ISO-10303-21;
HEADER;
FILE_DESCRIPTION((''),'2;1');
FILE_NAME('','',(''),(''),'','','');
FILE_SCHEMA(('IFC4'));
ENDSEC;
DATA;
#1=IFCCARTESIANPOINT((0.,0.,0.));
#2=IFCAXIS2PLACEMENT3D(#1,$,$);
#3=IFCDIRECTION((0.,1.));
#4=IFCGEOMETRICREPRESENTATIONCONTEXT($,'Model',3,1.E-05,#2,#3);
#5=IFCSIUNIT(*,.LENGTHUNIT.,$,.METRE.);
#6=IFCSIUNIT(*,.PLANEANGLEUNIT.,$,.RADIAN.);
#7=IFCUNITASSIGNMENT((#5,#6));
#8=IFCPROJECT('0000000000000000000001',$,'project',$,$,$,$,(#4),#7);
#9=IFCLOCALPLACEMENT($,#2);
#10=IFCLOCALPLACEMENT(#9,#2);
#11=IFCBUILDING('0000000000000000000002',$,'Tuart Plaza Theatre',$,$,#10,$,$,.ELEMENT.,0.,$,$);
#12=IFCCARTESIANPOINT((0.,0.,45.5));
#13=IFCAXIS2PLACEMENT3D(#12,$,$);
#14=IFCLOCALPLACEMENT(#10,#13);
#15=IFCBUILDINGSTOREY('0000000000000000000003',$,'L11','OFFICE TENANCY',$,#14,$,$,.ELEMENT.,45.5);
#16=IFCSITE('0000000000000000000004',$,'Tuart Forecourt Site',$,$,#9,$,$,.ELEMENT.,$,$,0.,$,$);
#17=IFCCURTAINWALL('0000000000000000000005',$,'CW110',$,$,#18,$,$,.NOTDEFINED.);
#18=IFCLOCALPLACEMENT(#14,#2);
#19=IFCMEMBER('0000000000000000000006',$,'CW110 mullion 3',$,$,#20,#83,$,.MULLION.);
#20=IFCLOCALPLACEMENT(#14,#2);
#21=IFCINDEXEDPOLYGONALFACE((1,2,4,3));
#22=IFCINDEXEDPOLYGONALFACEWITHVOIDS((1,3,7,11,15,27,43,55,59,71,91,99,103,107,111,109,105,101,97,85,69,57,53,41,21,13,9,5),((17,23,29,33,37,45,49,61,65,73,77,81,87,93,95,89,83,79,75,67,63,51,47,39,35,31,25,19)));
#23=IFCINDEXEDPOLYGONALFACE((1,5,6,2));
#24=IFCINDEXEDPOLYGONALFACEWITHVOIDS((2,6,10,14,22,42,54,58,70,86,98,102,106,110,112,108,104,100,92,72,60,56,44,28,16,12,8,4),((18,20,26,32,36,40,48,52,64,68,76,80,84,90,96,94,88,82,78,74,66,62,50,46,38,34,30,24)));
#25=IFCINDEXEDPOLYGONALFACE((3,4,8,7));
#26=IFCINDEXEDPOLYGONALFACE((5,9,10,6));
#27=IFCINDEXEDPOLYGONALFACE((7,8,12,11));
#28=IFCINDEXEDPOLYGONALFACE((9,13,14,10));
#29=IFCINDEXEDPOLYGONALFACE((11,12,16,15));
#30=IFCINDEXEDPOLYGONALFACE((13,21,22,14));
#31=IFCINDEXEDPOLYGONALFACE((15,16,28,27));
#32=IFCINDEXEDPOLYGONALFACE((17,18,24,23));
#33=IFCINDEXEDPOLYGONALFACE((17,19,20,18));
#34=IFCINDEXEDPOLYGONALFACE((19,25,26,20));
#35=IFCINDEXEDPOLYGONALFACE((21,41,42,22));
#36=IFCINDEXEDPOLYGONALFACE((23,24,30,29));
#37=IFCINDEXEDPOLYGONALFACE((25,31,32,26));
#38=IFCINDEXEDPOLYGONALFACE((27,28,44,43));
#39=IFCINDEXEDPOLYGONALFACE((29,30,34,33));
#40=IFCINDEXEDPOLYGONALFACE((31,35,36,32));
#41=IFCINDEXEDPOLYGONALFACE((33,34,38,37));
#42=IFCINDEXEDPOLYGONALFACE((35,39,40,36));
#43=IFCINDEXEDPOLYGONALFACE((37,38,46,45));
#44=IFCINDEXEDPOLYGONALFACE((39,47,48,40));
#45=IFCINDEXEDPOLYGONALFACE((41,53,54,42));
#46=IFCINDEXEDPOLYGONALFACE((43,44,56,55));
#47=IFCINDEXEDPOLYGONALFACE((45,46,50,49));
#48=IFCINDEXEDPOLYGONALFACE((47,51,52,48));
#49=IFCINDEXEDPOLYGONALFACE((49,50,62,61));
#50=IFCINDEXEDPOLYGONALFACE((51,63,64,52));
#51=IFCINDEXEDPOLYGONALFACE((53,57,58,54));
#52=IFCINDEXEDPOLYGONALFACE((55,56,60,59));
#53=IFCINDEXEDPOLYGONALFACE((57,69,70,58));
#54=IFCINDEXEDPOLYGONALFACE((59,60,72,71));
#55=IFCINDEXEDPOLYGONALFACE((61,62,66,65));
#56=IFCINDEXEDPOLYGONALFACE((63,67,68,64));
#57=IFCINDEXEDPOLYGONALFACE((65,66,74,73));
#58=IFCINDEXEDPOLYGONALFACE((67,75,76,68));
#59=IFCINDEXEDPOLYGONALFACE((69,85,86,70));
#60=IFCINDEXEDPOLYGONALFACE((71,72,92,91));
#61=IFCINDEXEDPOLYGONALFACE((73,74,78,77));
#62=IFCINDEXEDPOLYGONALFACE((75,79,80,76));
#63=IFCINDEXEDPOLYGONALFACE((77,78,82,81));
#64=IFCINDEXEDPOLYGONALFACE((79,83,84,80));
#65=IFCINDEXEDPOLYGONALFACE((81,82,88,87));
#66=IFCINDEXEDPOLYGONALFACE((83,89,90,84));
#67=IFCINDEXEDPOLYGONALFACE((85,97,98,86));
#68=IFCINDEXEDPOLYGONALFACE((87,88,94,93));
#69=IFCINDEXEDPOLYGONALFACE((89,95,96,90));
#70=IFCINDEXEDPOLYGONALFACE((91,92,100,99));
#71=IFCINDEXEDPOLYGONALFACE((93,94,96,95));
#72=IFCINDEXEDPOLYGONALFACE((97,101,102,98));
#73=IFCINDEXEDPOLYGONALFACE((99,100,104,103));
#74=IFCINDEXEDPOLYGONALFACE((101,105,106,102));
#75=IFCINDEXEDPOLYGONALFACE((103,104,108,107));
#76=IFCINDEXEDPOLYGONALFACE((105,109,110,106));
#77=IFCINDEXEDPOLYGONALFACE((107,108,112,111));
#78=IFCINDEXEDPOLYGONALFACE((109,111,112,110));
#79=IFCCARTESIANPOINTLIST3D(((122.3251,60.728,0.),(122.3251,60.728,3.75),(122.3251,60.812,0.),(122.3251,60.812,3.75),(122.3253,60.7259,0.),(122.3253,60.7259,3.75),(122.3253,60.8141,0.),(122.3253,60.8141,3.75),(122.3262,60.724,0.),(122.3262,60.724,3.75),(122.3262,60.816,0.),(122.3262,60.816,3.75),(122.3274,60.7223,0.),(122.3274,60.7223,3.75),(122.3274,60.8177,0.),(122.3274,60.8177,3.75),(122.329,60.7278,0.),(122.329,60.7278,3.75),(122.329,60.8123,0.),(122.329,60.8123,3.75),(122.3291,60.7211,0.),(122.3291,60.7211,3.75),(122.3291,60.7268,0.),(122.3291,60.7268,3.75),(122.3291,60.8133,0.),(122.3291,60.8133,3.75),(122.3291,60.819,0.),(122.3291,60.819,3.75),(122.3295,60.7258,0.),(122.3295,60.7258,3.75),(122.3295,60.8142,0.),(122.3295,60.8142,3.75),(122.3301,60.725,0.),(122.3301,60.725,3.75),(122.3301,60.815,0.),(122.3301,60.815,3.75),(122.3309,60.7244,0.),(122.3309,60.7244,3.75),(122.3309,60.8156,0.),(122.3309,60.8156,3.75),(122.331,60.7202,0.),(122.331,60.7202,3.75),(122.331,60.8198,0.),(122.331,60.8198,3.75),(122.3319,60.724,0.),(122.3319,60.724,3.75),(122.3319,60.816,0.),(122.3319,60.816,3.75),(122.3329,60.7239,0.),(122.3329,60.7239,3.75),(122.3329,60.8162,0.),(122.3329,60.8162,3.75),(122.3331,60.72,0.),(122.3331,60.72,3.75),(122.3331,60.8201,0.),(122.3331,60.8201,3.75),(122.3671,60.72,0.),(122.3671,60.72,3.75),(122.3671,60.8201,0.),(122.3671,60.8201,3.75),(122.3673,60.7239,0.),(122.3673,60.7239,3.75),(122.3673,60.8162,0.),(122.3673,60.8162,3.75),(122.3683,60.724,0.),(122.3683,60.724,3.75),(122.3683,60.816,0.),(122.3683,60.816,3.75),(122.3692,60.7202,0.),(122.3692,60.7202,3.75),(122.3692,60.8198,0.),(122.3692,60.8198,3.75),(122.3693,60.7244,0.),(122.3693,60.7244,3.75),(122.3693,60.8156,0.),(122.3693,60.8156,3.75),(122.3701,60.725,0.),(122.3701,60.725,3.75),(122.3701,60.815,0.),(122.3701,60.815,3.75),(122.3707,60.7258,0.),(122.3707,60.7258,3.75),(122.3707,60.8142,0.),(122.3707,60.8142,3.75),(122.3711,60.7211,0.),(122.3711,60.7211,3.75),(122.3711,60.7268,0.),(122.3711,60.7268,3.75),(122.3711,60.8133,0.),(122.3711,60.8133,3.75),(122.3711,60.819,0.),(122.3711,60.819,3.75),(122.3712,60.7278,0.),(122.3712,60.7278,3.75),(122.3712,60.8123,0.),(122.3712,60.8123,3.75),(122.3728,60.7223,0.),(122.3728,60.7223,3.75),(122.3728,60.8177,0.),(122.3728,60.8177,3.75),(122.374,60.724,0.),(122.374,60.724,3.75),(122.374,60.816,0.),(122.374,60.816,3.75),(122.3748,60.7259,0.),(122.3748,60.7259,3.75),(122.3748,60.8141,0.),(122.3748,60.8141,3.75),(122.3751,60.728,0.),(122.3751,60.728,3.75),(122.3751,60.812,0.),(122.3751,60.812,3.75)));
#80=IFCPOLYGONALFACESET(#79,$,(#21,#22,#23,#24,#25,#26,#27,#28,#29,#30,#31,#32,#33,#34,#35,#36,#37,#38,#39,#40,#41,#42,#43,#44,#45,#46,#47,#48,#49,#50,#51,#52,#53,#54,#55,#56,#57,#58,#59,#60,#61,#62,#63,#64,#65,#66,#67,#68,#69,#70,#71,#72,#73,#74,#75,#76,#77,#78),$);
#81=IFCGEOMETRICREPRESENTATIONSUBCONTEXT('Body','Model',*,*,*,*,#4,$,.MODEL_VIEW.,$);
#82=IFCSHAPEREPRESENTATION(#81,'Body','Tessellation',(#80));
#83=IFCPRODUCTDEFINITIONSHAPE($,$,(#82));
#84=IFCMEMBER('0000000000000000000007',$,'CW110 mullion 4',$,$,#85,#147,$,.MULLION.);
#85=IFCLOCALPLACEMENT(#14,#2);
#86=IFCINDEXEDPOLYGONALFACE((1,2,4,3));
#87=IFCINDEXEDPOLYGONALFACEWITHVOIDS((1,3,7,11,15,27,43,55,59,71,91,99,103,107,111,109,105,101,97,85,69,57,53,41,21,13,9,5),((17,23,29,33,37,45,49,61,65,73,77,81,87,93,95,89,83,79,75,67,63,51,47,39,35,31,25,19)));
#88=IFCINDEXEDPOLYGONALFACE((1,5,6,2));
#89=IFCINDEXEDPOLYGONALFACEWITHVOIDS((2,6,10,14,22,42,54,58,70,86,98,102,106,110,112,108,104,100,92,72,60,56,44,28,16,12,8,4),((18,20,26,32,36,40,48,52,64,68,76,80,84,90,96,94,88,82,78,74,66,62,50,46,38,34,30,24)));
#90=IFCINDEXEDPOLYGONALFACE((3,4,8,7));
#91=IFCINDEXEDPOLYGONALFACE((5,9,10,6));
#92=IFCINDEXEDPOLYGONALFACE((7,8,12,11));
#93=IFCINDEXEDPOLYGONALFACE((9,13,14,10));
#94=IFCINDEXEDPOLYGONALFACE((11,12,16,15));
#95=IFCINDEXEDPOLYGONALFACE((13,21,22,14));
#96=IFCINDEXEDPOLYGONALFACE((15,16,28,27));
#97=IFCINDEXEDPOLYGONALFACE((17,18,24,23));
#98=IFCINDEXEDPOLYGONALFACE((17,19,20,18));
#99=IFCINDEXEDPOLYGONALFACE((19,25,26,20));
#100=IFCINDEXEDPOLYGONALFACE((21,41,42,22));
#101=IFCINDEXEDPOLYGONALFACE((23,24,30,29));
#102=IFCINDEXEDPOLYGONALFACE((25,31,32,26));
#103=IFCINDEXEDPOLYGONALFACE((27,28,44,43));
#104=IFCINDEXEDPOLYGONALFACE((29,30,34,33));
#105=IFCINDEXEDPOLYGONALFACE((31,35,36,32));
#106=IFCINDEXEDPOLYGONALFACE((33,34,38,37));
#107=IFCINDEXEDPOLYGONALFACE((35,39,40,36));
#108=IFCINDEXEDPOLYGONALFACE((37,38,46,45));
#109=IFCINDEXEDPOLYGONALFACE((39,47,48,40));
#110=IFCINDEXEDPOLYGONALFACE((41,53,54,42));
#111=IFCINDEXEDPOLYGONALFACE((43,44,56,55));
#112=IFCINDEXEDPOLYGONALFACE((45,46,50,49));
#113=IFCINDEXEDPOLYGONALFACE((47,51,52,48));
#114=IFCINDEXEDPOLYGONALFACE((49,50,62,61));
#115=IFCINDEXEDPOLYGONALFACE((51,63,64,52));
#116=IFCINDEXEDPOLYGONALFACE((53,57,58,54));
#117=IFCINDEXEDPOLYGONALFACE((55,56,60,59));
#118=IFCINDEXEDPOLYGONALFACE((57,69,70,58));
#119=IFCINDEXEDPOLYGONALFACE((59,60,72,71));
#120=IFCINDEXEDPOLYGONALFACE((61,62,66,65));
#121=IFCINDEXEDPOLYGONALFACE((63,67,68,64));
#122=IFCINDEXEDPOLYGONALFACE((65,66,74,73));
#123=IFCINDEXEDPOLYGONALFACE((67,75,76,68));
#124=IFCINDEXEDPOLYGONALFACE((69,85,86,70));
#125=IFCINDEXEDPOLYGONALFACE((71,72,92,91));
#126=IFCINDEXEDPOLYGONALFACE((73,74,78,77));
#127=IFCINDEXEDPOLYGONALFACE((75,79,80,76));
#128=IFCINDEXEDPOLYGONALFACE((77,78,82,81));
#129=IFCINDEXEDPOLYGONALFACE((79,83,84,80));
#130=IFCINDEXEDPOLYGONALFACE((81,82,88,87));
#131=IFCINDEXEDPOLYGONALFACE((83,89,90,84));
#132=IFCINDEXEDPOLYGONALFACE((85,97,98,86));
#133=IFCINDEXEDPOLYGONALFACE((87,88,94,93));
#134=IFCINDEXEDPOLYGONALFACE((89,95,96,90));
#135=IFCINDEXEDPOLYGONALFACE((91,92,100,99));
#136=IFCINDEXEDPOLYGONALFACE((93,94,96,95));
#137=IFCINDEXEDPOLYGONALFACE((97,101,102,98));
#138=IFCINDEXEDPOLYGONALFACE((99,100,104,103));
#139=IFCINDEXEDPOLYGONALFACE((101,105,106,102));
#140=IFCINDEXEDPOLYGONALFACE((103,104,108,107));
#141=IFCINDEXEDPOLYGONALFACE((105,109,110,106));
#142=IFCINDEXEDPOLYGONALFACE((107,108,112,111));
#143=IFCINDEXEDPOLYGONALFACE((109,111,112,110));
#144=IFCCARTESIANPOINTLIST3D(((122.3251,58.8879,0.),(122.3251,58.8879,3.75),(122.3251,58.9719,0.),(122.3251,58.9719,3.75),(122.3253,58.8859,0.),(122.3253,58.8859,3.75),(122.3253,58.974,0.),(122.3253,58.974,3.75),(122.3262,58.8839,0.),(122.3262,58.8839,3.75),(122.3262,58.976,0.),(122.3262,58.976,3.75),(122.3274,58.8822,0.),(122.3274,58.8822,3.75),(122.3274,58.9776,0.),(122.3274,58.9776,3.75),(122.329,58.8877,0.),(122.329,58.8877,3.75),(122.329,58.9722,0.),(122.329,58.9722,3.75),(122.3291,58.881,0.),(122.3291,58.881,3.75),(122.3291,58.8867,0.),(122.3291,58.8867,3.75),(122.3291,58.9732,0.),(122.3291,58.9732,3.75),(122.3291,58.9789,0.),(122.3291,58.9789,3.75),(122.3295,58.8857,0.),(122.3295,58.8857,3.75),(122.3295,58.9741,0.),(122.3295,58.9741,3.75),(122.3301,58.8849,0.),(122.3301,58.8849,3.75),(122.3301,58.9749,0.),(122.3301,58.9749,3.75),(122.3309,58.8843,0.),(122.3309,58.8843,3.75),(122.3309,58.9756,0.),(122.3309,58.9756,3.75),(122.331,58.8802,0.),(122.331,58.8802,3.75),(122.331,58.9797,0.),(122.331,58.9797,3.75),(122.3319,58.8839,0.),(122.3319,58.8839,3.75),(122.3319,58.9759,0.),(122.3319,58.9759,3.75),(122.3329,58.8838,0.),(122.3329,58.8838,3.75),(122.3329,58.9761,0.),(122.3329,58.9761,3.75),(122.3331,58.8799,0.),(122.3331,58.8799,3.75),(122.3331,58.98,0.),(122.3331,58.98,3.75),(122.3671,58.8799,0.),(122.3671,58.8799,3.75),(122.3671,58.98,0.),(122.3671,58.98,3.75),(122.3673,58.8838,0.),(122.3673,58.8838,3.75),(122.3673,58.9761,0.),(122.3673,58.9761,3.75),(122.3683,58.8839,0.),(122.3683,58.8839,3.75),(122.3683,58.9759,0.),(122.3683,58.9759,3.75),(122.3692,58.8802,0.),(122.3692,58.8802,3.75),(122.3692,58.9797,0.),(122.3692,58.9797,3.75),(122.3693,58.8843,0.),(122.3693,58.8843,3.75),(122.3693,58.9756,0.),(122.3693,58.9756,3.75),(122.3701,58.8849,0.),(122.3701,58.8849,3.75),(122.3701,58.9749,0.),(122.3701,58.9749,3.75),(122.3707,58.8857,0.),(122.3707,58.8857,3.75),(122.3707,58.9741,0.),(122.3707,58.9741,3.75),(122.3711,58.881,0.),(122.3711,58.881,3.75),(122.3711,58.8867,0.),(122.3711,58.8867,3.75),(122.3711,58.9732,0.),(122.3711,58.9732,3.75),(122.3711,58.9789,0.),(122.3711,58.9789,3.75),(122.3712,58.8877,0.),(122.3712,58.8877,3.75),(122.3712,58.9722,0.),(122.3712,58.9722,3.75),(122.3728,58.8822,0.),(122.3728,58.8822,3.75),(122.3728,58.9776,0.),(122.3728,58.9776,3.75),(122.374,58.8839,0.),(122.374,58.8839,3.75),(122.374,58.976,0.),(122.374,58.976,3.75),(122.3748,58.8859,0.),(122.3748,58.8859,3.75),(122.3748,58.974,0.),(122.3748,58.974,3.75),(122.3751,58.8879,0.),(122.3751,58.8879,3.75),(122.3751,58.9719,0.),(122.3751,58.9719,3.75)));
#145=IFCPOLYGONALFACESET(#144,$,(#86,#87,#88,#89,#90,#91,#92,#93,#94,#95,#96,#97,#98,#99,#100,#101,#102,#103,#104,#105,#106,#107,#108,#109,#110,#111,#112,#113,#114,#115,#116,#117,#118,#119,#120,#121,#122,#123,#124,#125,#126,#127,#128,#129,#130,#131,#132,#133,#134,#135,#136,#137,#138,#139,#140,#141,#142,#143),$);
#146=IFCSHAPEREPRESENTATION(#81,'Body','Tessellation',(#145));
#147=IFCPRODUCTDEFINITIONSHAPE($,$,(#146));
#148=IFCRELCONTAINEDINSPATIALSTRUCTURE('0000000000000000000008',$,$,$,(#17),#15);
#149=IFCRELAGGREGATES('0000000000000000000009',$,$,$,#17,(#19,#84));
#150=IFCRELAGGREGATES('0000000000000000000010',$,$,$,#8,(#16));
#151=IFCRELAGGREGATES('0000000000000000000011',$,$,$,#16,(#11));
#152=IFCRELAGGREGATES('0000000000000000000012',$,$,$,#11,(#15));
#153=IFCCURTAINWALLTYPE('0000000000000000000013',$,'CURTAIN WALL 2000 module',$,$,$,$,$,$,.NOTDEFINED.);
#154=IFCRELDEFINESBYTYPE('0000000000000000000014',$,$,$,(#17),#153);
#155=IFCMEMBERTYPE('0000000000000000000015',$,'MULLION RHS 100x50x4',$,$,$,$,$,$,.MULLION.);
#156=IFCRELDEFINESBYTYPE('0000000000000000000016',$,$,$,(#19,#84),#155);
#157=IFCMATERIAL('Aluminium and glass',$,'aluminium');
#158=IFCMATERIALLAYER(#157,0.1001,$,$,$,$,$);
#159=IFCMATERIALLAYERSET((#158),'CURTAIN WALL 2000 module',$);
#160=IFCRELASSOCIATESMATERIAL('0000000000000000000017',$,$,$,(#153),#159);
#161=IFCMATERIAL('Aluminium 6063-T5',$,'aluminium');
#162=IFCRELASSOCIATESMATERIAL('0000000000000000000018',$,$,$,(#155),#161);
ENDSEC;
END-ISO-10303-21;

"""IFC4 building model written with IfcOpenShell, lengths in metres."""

from ifc_helpers import new_model, si_unit, direction, frame, origin, origin_2d, place, context, subcontext, project, spatial, hollow_rectangle, extrude, material, layer, layer_set, material_profile, profile_set, type_object, element, aggregate, save


model = new_model("IFC4")

# Units and contexts
model_context = context("Model", 3, precision=1e-05, world=origin(), true_north=direction((0.0, 1.0)))
body_context = subcontext(model_context, "Body", "Model", "MODEL_VIEW")
ifc_project = project(units=[si_unit("LENGTHUNIT", "METRE"), si_unit("PLANEANGLEUNIT", "RADIAN")], contexts=[model_context])

# Site, building, storey
site_placement = place(None, origin())
site = spatial("IfcSite", under=ifc_project, at=site_placement, Name="Tuart Forecourt Site", CompositionType="ELEMENT", RefElevation=0.0)
building_placement = place(site_placement, origin())
building = spatial("IfcBuilding", under=site, at=building_placement, Name="Tuart Plaza Theatre", CompositionType="ELEMENT", ElevationOfRefHeight=0.0)
storey_placement = place(building_placement, frame((0.0, 0.0, 45.5)))
storey = spatial("IfcBuildingStorey", under=building, at=storey_placement, Name="L11", Description="OFFICE TENANCY", CompositionType="ELEMENT", Elevation=45.5)

# Curtain wall, members
ifc_material_1 = material(Name="Aluminium and glass", Category="aluminium")
ifc_layer_1 = layer(ifc_material_1, 0.1001)
ifc_layer_set_1 = layer_set([ifc_layer_1], Name="CURTAIN WALL 2000 module")
curtain_wall_type = type_object("IfcCurtainWallType", Name="CURTAIN WALL 2000 module", PredefinedType="NOTDEFINED", material=ifc_layer_set_1)
curtain_wall_placement = place(storey_placement, origin())
curtain_wall = element("IfcCurtainWall", 1, at=curtain_wall_placement, inside=storey, type_object=curtain_wall_type, Name="CW110", PredefinedType="NOTDEFINED")
ifc_material_2 = material(Name="Aluminium 6063-T5", Category="aluminium")
ifc_material_profile_1 = material_profile(ifc_material_2, hollow_rectangle(XDim=0.05, YDim=0.1001, WallThickness=0.0039, InnerFilletRadius=0.0039, OuterFilletRadius=0.0081, at=origin_2d()), Name="RHS 100x50x4")
ifc_profile_set_1 = profile_set([ifc_material_profile_1], Name="Aluminium 6063-T5")
member_type_1 = type_object("IfcMemberType", Name="MULLION RHS 100x50x4", PredefinedType="MULLION", material=ifc_profile_set_1)
member_1_placement = place(storey_placement, frame((122.3501, 60.77, 0.0), z_axis=(0.0, 0.0, 1.0), x_axis=(1.0, 0.0, 0.0)))
member_1 = element("IfcMember", 2, at=member_1_placement, type_object=member_type_1, Name="CW110 mullion 3", PredefinedType="MULLION", context=body_context, shape_type="SweptSolid", body=[
    extrude(hollow_rectangle(XDim=0.05, YDim=0.1001, WallThickness=0.0039, InnerFilletRadius=0.0039, OuterFilletRadius=0.0081, at=origin_2d()), origin(), (0.0, 0.0, 1.0), 3.75),
])
member_2_placement = place(storey_placement, frame((122.3501, 58.9299, 0.0), z_axis=(0.0, 0.0, 1.0), x_axis=(1.0, 0.0, 0.0)))
member_2 = element("IfcMember", 3, at=member_2_placement, type_object=member_type_1, Name="CW110 mullion 4", PredefinedType="MULLION", context=body_context, shape_type="SweptSolid", body=[
    extrude(hollow_rectangle(XDim=0.05, YDim=0.1001, WallThickness=0.0039, InnerFilletRadius=0.0039, OuterFilletRadius=0.0081, at=origin_2d()), origin(), (0.0, 0.0, 1.0), 3.75),
])
aggregate(curtain_wall, [member_1, member_2])

save(model, "model.ifc")
